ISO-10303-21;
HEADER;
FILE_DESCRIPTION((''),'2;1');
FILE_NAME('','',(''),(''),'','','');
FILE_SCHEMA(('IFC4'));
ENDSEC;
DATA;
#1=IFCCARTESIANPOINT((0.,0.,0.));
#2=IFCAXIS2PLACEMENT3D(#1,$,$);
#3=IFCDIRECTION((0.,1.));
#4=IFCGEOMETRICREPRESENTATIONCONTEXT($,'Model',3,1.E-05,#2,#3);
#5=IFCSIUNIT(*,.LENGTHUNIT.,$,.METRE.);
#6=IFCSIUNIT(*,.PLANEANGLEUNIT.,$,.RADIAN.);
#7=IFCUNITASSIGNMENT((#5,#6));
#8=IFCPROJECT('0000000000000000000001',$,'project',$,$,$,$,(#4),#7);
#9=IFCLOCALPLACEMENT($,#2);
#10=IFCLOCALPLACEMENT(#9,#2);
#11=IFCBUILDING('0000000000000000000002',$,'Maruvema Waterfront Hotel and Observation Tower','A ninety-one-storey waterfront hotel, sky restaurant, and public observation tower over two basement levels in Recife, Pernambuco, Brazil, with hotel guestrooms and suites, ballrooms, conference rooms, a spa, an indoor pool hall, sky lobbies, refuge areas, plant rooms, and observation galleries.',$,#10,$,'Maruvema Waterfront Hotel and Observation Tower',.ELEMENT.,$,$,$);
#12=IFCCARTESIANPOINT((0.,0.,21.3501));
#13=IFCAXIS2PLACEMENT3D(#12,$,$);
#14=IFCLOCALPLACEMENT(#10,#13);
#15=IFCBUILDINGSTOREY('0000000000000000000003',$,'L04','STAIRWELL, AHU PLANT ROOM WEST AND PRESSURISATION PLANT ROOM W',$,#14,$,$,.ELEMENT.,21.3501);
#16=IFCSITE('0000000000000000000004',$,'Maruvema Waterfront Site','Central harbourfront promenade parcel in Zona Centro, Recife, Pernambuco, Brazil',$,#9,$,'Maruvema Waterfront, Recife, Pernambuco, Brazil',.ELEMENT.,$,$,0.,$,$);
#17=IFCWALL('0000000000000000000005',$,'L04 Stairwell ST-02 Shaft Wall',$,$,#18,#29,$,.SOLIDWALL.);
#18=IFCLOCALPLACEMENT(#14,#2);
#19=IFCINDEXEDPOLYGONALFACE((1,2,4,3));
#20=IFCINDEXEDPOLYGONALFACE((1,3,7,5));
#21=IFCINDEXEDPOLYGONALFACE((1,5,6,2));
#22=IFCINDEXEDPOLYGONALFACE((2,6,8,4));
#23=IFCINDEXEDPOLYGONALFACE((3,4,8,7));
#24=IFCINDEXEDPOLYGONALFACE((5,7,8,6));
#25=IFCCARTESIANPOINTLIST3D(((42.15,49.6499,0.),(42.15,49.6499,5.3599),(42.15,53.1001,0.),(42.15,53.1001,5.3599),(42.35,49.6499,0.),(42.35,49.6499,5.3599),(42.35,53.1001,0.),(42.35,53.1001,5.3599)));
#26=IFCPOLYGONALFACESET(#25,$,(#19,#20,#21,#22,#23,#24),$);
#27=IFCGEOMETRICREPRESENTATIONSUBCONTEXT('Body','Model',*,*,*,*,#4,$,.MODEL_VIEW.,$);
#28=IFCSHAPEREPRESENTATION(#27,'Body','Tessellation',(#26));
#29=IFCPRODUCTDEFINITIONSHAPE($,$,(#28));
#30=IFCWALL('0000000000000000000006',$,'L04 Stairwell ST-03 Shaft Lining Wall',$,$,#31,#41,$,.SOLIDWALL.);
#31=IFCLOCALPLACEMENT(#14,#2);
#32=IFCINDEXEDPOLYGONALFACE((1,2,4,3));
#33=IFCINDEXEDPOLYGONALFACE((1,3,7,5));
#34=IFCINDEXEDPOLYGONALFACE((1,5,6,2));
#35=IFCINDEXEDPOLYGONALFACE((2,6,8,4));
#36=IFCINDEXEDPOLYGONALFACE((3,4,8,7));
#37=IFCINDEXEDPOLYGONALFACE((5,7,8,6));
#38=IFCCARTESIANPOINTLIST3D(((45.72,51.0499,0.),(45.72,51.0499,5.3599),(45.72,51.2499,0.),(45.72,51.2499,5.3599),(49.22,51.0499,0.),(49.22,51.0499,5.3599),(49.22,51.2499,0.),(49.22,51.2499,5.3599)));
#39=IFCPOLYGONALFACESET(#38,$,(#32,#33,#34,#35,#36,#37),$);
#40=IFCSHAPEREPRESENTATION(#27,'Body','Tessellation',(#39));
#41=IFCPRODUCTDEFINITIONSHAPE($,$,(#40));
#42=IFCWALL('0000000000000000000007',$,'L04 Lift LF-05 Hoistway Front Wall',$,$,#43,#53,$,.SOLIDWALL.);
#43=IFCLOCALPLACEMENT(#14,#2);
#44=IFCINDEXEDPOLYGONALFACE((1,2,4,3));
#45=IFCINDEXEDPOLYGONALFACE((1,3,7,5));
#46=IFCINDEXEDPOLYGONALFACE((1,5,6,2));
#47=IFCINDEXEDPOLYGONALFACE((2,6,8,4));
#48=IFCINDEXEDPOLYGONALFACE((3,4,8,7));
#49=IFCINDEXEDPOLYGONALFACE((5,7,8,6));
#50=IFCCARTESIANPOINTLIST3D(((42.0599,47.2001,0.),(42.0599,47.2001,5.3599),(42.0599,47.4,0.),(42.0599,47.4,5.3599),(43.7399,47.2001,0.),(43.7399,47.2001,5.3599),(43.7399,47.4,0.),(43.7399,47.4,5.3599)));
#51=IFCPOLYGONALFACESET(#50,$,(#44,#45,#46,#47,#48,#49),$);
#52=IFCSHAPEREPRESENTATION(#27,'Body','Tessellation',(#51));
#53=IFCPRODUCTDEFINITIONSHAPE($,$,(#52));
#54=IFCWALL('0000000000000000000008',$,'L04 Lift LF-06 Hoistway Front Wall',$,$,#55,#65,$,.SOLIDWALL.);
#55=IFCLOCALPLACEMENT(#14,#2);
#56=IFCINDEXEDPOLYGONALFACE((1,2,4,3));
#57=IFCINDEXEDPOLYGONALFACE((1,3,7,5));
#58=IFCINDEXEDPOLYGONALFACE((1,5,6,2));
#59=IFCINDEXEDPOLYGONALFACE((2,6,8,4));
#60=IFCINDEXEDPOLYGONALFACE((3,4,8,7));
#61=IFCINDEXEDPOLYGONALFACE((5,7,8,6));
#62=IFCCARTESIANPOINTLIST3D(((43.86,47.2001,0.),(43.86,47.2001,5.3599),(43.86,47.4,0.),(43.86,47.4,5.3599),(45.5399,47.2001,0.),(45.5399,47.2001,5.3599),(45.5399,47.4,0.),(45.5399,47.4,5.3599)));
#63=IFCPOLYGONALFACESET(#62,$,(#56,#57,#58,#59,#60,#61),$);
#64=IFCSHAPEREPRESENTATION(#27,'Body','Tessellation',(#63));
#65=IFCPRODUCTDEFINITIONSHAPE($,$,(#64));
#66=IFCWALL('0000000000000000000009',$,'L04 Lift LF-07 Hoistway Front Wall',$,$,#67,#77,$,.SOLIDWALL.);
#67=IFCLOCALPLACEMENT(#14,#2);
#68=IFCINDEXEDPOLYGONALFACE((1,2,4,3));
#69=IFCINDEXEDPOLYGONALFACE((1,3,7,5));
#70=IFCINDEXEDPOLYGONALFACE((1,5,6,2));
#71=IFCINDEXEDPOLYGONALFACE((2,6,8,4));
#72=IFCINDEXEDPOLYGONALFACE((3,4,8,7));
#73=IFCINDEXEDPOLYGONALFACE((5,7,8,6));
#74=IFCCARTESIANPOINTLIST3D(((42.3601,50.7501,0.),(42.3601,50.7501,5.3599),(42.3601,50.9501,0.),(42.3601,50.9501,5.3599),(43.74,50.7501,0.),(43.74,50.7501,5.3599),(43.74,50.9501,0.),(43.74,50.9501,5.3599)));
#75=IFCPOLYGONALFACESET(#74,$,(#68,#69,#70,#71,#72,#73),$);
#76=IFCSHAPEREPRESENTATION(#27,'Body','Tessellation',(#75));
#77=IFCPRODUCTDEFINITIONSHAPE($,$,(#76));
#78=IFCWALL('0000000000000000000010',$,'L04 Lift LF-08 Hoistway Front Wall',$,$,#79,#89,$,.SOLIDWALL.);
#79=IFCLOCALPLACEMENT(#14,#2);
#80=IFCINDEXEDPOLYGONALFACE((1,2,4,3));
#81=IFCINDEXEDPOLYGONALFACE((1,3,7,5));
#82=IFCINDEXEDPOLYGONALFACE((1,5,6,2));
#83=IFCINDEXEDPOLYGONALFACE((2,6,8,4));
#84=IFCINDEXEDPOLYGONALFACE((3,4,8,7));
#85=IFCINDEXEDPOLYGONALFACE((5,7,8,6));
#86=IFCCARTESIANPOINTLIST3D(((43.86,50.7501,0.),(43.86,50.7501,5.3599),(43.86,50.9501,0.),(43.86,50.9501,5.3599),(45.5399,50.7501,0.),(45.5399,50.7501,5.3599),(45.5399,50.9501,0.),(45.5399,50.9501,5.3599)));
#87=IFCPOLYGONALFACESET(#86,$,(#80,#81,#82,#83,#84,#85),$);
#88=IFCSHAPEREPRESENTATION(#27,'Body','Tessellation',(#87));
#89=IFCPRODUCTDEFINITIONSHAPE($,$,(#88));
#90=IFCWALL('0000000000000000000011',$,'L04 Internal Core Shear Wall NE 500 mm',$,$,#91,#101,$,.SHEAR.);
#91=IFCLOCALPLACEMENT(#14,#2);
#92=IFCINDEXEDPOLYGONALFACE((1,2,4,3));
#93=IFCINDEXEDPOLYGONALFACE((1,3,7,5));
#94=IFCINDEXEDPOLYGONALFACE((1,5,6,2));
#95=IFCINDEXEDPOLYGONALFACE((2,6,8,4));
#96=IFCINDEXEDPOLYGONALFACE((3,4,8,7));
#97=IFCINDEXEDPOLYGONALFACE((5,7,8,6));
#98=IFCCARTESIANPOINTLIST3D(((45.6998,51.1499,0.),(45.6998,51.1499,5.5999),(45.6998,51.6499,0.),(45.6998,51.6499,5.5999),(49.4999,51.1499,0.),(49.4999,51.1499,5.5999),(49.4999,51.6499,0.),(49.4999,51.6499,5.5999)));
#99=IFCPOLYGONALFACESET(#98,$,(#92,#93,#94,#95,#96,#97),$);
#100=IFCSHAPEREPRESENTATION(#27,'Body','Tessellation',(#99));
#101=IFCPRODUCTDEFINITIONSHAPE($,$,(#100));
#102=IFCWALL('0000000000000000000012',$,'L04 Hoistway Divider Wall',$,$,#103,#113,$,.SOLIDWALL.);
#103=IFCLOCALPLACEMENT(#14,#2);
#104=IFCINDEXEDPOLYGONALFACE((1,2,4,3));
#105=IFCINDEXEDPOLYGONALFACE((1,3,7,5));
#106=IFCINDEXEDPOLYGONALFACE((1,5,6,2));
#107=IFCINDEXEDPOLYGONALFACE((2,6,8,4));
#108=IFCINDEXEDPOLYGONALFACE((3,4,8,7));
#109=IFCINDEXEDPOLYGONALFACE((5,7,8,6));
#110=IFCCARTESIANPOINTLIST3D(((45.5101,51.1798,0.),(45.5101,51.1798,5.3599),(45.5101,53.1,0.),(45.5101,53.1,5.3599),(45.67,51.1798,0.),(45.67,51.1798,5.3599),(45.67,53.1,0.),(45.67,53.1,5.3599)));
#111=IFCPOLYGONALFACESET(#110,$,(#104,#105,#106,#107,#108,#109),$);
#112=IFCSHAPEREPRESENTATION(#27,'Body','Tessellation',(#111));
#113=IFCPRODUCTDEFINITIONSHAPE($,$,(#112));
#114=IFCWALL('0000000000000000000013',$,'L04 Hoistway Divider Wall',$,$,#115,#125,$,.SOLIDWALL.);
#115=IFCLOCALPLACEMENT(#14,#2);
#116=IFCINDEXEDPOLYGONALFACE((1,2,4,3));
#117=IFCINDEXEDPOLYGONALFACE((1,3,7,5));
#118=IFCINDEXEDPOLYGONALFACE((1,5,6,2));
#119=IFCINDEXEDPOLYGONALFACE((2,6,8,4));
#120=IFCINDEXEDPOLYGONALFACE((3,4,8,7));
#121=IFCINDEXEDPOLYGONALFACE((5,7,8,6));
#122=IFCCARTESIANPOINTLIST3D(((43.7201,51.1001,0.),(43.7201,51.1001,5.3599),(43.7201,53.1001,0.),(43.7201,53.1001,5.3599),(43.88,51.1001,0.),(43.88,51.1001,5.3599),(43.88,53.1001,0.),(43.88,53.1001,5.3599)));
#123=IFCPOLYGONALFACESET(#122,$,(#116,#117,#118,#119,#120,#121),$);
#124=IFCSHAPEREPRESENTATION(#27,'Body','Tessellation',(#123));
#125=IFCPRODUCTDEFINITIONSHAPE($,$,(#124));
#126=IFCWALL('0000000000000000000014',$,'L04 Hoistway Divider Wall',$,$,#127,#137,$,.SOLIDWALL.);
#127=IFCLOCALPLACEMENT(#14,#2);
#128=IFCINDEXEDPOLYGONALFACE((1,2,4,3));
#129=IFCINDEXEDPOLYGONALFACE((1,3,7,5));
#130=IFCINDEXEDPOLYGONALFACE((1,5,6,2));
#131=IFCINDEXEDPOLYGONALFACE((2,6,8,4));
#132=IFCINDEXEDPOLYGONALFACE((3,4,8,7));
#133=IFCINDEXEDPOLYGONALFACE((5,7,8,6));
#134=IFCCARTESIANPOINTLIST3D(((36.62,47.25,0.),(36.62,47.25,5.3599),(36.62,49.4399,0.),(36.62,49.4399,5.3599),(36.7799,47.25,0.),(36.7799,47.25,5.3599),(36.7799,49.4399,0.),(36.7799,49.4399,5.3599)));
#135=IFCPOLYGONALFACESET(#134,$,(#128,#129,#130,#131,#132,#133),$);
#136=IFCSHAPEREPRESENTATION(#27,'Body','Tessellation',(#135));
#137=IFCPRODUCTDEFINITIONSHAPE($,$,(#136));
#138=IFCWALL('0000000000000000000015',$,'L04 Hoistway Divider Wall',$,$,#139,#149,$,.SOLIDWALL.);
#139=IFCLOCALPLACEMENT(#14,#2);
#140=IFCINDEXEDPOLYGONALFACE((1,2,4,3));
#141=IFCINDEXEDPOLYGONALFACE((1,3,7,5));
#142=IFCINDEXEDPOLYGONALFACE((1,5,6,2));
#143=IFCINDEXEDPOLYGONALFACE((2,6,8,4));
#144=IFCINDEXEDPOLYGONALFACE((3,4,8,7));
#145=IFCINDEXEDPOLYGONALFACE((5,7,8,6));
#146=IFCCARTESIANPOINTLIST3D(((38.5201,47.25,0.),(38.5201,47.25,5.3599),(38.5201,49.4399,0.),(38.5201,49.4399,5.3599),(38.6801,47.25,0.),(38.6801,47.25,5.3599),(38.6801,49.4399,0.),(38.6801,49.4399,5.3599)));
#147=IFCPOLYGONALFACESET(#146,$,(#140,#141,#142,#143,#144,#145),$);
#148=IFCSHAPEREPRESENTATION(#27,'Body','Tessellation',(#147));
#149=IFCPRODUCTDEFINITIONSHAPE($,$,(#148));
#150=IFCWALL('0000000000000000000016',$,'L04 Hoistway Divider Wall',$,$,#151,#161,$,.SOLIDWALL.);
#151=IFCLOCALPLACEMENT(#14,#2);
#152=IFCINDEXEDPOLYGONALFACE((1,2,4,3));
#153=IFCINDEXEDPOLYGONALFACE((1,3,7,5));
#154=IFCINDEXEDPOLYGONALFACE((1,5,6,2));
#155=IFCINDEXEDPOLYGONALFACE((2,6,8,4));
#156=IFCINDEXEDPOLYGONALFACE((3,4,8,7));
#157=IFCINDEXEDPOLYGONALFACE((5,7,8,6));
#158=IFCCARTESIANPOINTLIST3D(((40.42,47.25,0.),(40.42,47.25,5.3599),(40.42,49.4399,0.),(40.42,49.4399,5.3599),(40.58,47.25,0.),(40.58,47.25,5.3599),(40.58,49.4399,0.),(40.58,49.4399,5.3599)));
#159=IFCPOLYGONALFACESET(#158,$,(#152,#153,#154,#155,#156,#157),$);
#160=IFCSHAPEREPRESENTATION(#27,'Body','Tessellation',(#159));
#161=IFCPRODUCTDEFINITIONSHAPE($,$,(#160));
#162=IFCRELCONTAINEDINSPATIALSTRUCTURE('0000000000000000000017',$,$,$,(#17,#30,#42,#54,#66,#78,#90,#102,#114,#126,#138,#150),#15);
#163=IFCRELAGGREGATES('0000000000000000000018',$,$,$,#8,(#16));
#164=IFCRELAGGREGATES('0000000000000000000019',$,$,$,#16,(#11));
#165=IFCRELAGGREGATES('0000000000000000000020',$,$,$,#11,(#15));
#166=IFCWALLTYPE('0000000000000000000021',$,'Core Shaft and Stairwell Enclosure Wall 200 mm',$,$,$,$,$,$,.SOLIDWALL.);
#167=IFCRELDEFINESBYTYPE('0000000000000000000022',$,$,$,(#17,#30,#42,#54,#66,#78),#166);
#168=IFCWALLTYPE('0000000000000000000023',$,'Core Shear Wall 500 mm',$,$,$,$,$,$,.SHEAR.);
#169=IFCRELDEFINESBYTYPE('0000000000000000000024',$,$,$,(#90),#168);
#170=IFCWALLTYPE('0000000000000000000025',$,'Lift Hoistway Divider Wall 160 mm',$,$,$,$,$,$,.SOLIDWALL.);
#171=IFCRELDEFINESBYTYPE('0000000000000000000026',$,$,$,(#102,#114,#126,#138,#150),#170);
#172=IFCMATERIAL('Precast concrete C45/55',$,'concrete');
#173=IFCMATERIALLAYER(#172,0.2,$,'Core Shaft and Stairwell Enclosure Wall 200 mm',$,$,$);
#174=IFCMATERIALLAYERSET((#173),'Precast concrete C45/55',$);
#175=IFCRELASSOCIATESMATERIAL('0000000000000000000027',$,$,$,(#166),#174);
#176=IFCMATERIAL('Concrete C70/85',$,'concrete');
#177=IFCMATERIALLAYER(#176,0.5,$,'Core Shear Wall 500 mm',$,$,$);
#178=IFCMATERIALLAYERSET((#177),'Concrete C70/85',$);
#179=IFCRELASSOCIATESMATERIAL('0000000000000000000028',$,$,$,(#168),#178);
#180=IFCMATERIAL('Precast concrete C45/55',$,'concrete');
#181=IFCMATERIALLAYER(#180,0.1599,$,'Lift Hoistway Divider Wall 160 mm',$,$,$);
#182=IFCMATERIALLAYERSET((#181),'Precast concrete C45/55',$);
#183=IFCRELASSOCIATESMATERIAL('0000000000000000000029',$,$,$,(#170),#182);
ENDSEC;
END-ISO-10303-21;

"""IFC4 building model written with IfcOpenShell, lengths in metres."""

from ifc_helpers import new_model, si_unit, direction, frame, frame_2d, origin, place, context, subcontext, project, spatial, rectangle, extrude, material, layer, layer_set, type_object, element, save


model = new_model("IFC4")

# Units and contexts
model_context = context("Model", 3, precision=1e-05, world=origin(), true_north=direction((0.0, 1.0)))
body_context = subcontext(model_context, "Body", "Model", "MODEL_VIEW")
ifc_project = project(units=[si_unit("LENGTHUNIT", "METRE"), si_unit("PLANEANGLEUNIT", "RADIAN")], contexts=[model_context])

# Site, building, storey
site_placement = place(None, origin())
site = spatial("IfcSite", under=ifc_project, at=site_placement, Name="Maruvema Waterfront Site", Description="Central harbourfront promenade parcel in Zona Centro, Recife, Pernambuco, Brazil", LongName="Maruvema Waterfront, Recife, Pernambuco, Brazil", CompositionType="ELEMENT", RefElevation=0.0)
building_placement = place(site_placement, origin())
building = spatial("IfcBuilding", under=site, at=building_placement, Name="Maruvema Waterfront Hotel and Observation Tower", Description="A ninety-one-storey waterfront hotel, sky restaurant, and public observation tower over two basement levels in Recife, Pernambuco, Brazil, with hotel guestrooms and suites, ballrooms, conference rooms, a spa, an indoor pool hall, sky lobbies, refuge areas, plant rooms, and observation galleries.", LongName="Maruvema Waterfront Hotel and Observation Tower", CompositionType="ELEMENT")
storey_placement = place(building_placement, frame((0.0, 0.0, 21.3501)))
storey = spatial("IfcBuildingStorey", under=building, at=storey_placement, Name="L04", Description="STAIRWELL, AHU PLANT ROOM WEST AND PRESSURISATION PLANT ROOM W", CompositionType="ELEMENT", Elevation=21.3501)

# Walls
ifc_material_1 = material(Name="Precast concrete C45/55", Category="concrete")
ifc_layer_1 = layer(ifc_material_1, 0.2, Name="Core Shaft and Stairwell Enclosure Wall 200 mm")
ifc_layer_set_1 = layer_set([ifc_layer_1], Name="Precast concrete C45/55")
wall_type_1 = type_object("IfcWallType", Name="Core Shaft and Stairwell Enclosure Wall 200 mm", PredefinedType="SOLIDWALL", material=ifc_layer_set_1)
wall_1_placement = place(storey_placement, frame((42.25, 49.6499, 0.0), z_axis=(0.0, 0.0, 1.0), x_axis=(0.0, 1.0, 0.0)))
element("IfcWall", 1, at=wall_1_placement, inside=storey, type_object=wall_type_1, Name="L04 Stairwell ST-02 Shaft Wall", PredefinedType="SOLIDWALL", context=body_context, shape_type="SweptSolid", body=[
    extrude(rectangle(XDim=3.4502, YDim=0.2, at=frame_2d((1.7251, 0.0))), origin(), (0.0, 0.0, 1.0), 5.3599),
])
wall_2_placement = place(storey_placement, frame((45.72, 51.1499, 0.0), z_axis=(0.0, 0.0, 1.0), x_axis=(1.0, 0.0, 0.0)))
element("IfcWall", 2, at=wall_2_placement, inside=storey, type_object=wall_type_1, Name="L04 Stairwell ST-03 Shaft Lining Wall", PredefinedType="SOLIDWALL", context=body_context, shape_type="SweptSolid", body=[
    extrude(rectangle(XDim=3.5, YDim=0.2, at=frame_2d((1.75, 0.0))), origin(), (0.0, 0.0, 1.0), 5.3599),
])
for number, where, z_axis, x_axis, name in (
    (3, (42.0601, 47.3, 0.0), (0.0, 0.0, 1.0), (1.0, 0.0, 0.0), "L04 Lift LF-05 Hoistway Front Wall"),
    (4, (43.8601, 47.3, 0.0), (0.0, 0.0, 1.0), (1.0, 0.0, 0.0), "L04 Lift LF-06 Hoistway Front Wall"),
):
    element("IfcWall", number, at=place(storey_placement, frame(where, z_axis=z_axis, x_axis=x_axis)), inside=storey, type_object=wall_type_1, Name=name, PredefinedType="SOLIDWALL", context=body_context, shape_type="SweptSolid", body=[
        extrude(rectangle(XDim=1.6799, YDim=0.2, at=frame_2d((0.8398, 0.0))), origin(), (0.0, 0.0, 1.0), 5.3599),
    ])
wall_3_placement = place(storey_placement, frame((42.3601, 50.8501, 0.0), z_axis=(0.0, 0.0, 1.0), x_axis=(1.0, 0.0, 0.0)))
element("IfcWall", 5, at=wall_3_placement, inside=storey, type_object=wall_type_1, Name="L04 Lift LF-07 Hoistway Front Wall", PredefinedType="SOLIDWALL", context=body_context, shape_type="SweptSolid", body=[
    extrude(rectangle(XDim=1.3799, YDim=0.2, at=frame_2d((0.6899, 0.0))), origin(), (0.0, 0.0, 1.0), 5.3599),
])
wall_4_placement = place(storey_placement, frame((43.8601, 50.8501, 0.0), z_axis=(0.0, 0.0, 1.0), x_axis=(1.0, 0.0, 0.0)))
element("IfcWall", 6, at=wall_4_placement, inside=storey, type_object=wall_type_1, Name="L04 Lift LF-08 Hoistway Front Wall", PredefinedType="SOLIDWALL", context=body_context, shape_type="SweptSolid", body=[
    extrude(rectangle(XDim=1.6799, YDim=0.2, at=frame_2d((0.8398, 0.0))), origin(), (0.0, 0.0, 1.0), 5.3599),
])
ifc_material_2 = material(Name="Concrete C70/85", Category="concrete")
ifc_layer_2 = layer(ifc_material_2, 0.5, Name="Core Shear Wall 500 mm")
ifc_layer_set_2 = layer_set([ifc_layer_2], Name="Concrete C70/85")
wall_type_2 = type_object("IfcWallType", Name="Core Shear Wall 500 mm", PredefinedType="SHEAR", material=ifc_layer_set_2)
wall_5_placement = place(storey_placement, frame((45.7, 51.3999, 0.0), z_axis=(0.0, 0.0, 1.0), x_axis=(1.0, 0.0, 0.0)))
element("IfcWall", 7, at=wall_5_placement, inside=storey, type_object=wall_type_2, Name="L04 Internal Core Shear Wall NE 500 mm", PredefinedType="SHEAR", context=body_context, shape_type="SweptSolid", body=[
    extrude(rectangle(XDim=3.8, YDim=0.5, at=frame_2d((1.8999, 0.0))), origin(), (0.0, 0.0, 1.0), 5.5999),
])
ifc_material_3 = material(Name="Precast concrete C45/55", Category="concrete")
ifc_layer_3 = layer(ifc_material_3, 0.1599, Name="Lift Hoistway Divider Wall 160 mm")
ifc_layer_set_3 = layer_set([ifc_layer_3], Name="Precast concrete C45/55")
wall_type_3 = type_object("IfcWallType", Name="Lift Hoistway Divider Wall 160 mm", PredefinedType="SOLIDWALL", material=ifc_layer_set_3)
wall_6_placement = place(storey_placement, frame((45.5901, 51.1799, 0.0), z_axis=(0.0, 0.0, 1.0), x_axis=(0.0, 1.0, 0.0)))
element("IfcWall", 8, at=wall_6_placement, inside=storey, type_object=wall_type_3, Name="L04 Hoistway Divider Wall", PredefinedType="SOLIDWALL", context=body_context, shape_type="SweptSolid", body=[
    extrude(rectangle(XDim=1.9202, YDim=0.1599, at=frame_2d((0.96, 0.0))), origin(), (0.0, 0.0, 1.0), 5.3599),
])
wall_7_placement = place(storey_placement, frame((43.8, 51.1001, 0.0), z_axis=(0.0, 0.0, 1.0), x_axis=(0.0, 1.0, 0.0)))
element("IfcWall", 9, at=wall_7_placement, inside=storey, type_object=wall_type_3, Name="L04 Hoistway Divider Wall", PredefinedType="SOLIDWALL", context=body_context, shape_type="SweptSolid", body=[
    extrude(rectangle(XDim=2.0, YDim=0.1599, at=frame_2d((1.0, 0.0))), origin(), (0.0, 0.0, 1.0), 5.3599),
])
for number, where, z_axis, x_axis, name in (
    (10, (36.7, 47.25, 0.0), (0.0, 0.0, 1.0), (0.0, 1.0, 0.0), "L04 Hoistway Divider Wall"),
    (11, (38.6001, 47.25, 0.0), (0.0, 0.0, 1.0), (0.0, 1.0, 0.0), "L04 Hoistway Divider Wall"),
    (12, (40.5, 47.25, 0.0), (0.0, 0.0, 1.0), (0.0, 1.0, 0.0), "L04 Hoistway Divider Wall"),
):
    element("IfcWall", number, at=place(storey_placement, frame(where, z_axis=z_axis, x_axis=x_axis)), inside=storey, type_object=wall_type_3, Name=name, PredefinedType="SOLIDWALL", context=body_context, shape_type="SweptSolid", body=[
        extrude(rectangle(XDim=2.1899, YDim=0.1599, at=frame_2d((1.095, 0.0))), origin(), (0.0, 0.0, 1.0), 5.3599),
    ])

save(model, "model.ifc")
